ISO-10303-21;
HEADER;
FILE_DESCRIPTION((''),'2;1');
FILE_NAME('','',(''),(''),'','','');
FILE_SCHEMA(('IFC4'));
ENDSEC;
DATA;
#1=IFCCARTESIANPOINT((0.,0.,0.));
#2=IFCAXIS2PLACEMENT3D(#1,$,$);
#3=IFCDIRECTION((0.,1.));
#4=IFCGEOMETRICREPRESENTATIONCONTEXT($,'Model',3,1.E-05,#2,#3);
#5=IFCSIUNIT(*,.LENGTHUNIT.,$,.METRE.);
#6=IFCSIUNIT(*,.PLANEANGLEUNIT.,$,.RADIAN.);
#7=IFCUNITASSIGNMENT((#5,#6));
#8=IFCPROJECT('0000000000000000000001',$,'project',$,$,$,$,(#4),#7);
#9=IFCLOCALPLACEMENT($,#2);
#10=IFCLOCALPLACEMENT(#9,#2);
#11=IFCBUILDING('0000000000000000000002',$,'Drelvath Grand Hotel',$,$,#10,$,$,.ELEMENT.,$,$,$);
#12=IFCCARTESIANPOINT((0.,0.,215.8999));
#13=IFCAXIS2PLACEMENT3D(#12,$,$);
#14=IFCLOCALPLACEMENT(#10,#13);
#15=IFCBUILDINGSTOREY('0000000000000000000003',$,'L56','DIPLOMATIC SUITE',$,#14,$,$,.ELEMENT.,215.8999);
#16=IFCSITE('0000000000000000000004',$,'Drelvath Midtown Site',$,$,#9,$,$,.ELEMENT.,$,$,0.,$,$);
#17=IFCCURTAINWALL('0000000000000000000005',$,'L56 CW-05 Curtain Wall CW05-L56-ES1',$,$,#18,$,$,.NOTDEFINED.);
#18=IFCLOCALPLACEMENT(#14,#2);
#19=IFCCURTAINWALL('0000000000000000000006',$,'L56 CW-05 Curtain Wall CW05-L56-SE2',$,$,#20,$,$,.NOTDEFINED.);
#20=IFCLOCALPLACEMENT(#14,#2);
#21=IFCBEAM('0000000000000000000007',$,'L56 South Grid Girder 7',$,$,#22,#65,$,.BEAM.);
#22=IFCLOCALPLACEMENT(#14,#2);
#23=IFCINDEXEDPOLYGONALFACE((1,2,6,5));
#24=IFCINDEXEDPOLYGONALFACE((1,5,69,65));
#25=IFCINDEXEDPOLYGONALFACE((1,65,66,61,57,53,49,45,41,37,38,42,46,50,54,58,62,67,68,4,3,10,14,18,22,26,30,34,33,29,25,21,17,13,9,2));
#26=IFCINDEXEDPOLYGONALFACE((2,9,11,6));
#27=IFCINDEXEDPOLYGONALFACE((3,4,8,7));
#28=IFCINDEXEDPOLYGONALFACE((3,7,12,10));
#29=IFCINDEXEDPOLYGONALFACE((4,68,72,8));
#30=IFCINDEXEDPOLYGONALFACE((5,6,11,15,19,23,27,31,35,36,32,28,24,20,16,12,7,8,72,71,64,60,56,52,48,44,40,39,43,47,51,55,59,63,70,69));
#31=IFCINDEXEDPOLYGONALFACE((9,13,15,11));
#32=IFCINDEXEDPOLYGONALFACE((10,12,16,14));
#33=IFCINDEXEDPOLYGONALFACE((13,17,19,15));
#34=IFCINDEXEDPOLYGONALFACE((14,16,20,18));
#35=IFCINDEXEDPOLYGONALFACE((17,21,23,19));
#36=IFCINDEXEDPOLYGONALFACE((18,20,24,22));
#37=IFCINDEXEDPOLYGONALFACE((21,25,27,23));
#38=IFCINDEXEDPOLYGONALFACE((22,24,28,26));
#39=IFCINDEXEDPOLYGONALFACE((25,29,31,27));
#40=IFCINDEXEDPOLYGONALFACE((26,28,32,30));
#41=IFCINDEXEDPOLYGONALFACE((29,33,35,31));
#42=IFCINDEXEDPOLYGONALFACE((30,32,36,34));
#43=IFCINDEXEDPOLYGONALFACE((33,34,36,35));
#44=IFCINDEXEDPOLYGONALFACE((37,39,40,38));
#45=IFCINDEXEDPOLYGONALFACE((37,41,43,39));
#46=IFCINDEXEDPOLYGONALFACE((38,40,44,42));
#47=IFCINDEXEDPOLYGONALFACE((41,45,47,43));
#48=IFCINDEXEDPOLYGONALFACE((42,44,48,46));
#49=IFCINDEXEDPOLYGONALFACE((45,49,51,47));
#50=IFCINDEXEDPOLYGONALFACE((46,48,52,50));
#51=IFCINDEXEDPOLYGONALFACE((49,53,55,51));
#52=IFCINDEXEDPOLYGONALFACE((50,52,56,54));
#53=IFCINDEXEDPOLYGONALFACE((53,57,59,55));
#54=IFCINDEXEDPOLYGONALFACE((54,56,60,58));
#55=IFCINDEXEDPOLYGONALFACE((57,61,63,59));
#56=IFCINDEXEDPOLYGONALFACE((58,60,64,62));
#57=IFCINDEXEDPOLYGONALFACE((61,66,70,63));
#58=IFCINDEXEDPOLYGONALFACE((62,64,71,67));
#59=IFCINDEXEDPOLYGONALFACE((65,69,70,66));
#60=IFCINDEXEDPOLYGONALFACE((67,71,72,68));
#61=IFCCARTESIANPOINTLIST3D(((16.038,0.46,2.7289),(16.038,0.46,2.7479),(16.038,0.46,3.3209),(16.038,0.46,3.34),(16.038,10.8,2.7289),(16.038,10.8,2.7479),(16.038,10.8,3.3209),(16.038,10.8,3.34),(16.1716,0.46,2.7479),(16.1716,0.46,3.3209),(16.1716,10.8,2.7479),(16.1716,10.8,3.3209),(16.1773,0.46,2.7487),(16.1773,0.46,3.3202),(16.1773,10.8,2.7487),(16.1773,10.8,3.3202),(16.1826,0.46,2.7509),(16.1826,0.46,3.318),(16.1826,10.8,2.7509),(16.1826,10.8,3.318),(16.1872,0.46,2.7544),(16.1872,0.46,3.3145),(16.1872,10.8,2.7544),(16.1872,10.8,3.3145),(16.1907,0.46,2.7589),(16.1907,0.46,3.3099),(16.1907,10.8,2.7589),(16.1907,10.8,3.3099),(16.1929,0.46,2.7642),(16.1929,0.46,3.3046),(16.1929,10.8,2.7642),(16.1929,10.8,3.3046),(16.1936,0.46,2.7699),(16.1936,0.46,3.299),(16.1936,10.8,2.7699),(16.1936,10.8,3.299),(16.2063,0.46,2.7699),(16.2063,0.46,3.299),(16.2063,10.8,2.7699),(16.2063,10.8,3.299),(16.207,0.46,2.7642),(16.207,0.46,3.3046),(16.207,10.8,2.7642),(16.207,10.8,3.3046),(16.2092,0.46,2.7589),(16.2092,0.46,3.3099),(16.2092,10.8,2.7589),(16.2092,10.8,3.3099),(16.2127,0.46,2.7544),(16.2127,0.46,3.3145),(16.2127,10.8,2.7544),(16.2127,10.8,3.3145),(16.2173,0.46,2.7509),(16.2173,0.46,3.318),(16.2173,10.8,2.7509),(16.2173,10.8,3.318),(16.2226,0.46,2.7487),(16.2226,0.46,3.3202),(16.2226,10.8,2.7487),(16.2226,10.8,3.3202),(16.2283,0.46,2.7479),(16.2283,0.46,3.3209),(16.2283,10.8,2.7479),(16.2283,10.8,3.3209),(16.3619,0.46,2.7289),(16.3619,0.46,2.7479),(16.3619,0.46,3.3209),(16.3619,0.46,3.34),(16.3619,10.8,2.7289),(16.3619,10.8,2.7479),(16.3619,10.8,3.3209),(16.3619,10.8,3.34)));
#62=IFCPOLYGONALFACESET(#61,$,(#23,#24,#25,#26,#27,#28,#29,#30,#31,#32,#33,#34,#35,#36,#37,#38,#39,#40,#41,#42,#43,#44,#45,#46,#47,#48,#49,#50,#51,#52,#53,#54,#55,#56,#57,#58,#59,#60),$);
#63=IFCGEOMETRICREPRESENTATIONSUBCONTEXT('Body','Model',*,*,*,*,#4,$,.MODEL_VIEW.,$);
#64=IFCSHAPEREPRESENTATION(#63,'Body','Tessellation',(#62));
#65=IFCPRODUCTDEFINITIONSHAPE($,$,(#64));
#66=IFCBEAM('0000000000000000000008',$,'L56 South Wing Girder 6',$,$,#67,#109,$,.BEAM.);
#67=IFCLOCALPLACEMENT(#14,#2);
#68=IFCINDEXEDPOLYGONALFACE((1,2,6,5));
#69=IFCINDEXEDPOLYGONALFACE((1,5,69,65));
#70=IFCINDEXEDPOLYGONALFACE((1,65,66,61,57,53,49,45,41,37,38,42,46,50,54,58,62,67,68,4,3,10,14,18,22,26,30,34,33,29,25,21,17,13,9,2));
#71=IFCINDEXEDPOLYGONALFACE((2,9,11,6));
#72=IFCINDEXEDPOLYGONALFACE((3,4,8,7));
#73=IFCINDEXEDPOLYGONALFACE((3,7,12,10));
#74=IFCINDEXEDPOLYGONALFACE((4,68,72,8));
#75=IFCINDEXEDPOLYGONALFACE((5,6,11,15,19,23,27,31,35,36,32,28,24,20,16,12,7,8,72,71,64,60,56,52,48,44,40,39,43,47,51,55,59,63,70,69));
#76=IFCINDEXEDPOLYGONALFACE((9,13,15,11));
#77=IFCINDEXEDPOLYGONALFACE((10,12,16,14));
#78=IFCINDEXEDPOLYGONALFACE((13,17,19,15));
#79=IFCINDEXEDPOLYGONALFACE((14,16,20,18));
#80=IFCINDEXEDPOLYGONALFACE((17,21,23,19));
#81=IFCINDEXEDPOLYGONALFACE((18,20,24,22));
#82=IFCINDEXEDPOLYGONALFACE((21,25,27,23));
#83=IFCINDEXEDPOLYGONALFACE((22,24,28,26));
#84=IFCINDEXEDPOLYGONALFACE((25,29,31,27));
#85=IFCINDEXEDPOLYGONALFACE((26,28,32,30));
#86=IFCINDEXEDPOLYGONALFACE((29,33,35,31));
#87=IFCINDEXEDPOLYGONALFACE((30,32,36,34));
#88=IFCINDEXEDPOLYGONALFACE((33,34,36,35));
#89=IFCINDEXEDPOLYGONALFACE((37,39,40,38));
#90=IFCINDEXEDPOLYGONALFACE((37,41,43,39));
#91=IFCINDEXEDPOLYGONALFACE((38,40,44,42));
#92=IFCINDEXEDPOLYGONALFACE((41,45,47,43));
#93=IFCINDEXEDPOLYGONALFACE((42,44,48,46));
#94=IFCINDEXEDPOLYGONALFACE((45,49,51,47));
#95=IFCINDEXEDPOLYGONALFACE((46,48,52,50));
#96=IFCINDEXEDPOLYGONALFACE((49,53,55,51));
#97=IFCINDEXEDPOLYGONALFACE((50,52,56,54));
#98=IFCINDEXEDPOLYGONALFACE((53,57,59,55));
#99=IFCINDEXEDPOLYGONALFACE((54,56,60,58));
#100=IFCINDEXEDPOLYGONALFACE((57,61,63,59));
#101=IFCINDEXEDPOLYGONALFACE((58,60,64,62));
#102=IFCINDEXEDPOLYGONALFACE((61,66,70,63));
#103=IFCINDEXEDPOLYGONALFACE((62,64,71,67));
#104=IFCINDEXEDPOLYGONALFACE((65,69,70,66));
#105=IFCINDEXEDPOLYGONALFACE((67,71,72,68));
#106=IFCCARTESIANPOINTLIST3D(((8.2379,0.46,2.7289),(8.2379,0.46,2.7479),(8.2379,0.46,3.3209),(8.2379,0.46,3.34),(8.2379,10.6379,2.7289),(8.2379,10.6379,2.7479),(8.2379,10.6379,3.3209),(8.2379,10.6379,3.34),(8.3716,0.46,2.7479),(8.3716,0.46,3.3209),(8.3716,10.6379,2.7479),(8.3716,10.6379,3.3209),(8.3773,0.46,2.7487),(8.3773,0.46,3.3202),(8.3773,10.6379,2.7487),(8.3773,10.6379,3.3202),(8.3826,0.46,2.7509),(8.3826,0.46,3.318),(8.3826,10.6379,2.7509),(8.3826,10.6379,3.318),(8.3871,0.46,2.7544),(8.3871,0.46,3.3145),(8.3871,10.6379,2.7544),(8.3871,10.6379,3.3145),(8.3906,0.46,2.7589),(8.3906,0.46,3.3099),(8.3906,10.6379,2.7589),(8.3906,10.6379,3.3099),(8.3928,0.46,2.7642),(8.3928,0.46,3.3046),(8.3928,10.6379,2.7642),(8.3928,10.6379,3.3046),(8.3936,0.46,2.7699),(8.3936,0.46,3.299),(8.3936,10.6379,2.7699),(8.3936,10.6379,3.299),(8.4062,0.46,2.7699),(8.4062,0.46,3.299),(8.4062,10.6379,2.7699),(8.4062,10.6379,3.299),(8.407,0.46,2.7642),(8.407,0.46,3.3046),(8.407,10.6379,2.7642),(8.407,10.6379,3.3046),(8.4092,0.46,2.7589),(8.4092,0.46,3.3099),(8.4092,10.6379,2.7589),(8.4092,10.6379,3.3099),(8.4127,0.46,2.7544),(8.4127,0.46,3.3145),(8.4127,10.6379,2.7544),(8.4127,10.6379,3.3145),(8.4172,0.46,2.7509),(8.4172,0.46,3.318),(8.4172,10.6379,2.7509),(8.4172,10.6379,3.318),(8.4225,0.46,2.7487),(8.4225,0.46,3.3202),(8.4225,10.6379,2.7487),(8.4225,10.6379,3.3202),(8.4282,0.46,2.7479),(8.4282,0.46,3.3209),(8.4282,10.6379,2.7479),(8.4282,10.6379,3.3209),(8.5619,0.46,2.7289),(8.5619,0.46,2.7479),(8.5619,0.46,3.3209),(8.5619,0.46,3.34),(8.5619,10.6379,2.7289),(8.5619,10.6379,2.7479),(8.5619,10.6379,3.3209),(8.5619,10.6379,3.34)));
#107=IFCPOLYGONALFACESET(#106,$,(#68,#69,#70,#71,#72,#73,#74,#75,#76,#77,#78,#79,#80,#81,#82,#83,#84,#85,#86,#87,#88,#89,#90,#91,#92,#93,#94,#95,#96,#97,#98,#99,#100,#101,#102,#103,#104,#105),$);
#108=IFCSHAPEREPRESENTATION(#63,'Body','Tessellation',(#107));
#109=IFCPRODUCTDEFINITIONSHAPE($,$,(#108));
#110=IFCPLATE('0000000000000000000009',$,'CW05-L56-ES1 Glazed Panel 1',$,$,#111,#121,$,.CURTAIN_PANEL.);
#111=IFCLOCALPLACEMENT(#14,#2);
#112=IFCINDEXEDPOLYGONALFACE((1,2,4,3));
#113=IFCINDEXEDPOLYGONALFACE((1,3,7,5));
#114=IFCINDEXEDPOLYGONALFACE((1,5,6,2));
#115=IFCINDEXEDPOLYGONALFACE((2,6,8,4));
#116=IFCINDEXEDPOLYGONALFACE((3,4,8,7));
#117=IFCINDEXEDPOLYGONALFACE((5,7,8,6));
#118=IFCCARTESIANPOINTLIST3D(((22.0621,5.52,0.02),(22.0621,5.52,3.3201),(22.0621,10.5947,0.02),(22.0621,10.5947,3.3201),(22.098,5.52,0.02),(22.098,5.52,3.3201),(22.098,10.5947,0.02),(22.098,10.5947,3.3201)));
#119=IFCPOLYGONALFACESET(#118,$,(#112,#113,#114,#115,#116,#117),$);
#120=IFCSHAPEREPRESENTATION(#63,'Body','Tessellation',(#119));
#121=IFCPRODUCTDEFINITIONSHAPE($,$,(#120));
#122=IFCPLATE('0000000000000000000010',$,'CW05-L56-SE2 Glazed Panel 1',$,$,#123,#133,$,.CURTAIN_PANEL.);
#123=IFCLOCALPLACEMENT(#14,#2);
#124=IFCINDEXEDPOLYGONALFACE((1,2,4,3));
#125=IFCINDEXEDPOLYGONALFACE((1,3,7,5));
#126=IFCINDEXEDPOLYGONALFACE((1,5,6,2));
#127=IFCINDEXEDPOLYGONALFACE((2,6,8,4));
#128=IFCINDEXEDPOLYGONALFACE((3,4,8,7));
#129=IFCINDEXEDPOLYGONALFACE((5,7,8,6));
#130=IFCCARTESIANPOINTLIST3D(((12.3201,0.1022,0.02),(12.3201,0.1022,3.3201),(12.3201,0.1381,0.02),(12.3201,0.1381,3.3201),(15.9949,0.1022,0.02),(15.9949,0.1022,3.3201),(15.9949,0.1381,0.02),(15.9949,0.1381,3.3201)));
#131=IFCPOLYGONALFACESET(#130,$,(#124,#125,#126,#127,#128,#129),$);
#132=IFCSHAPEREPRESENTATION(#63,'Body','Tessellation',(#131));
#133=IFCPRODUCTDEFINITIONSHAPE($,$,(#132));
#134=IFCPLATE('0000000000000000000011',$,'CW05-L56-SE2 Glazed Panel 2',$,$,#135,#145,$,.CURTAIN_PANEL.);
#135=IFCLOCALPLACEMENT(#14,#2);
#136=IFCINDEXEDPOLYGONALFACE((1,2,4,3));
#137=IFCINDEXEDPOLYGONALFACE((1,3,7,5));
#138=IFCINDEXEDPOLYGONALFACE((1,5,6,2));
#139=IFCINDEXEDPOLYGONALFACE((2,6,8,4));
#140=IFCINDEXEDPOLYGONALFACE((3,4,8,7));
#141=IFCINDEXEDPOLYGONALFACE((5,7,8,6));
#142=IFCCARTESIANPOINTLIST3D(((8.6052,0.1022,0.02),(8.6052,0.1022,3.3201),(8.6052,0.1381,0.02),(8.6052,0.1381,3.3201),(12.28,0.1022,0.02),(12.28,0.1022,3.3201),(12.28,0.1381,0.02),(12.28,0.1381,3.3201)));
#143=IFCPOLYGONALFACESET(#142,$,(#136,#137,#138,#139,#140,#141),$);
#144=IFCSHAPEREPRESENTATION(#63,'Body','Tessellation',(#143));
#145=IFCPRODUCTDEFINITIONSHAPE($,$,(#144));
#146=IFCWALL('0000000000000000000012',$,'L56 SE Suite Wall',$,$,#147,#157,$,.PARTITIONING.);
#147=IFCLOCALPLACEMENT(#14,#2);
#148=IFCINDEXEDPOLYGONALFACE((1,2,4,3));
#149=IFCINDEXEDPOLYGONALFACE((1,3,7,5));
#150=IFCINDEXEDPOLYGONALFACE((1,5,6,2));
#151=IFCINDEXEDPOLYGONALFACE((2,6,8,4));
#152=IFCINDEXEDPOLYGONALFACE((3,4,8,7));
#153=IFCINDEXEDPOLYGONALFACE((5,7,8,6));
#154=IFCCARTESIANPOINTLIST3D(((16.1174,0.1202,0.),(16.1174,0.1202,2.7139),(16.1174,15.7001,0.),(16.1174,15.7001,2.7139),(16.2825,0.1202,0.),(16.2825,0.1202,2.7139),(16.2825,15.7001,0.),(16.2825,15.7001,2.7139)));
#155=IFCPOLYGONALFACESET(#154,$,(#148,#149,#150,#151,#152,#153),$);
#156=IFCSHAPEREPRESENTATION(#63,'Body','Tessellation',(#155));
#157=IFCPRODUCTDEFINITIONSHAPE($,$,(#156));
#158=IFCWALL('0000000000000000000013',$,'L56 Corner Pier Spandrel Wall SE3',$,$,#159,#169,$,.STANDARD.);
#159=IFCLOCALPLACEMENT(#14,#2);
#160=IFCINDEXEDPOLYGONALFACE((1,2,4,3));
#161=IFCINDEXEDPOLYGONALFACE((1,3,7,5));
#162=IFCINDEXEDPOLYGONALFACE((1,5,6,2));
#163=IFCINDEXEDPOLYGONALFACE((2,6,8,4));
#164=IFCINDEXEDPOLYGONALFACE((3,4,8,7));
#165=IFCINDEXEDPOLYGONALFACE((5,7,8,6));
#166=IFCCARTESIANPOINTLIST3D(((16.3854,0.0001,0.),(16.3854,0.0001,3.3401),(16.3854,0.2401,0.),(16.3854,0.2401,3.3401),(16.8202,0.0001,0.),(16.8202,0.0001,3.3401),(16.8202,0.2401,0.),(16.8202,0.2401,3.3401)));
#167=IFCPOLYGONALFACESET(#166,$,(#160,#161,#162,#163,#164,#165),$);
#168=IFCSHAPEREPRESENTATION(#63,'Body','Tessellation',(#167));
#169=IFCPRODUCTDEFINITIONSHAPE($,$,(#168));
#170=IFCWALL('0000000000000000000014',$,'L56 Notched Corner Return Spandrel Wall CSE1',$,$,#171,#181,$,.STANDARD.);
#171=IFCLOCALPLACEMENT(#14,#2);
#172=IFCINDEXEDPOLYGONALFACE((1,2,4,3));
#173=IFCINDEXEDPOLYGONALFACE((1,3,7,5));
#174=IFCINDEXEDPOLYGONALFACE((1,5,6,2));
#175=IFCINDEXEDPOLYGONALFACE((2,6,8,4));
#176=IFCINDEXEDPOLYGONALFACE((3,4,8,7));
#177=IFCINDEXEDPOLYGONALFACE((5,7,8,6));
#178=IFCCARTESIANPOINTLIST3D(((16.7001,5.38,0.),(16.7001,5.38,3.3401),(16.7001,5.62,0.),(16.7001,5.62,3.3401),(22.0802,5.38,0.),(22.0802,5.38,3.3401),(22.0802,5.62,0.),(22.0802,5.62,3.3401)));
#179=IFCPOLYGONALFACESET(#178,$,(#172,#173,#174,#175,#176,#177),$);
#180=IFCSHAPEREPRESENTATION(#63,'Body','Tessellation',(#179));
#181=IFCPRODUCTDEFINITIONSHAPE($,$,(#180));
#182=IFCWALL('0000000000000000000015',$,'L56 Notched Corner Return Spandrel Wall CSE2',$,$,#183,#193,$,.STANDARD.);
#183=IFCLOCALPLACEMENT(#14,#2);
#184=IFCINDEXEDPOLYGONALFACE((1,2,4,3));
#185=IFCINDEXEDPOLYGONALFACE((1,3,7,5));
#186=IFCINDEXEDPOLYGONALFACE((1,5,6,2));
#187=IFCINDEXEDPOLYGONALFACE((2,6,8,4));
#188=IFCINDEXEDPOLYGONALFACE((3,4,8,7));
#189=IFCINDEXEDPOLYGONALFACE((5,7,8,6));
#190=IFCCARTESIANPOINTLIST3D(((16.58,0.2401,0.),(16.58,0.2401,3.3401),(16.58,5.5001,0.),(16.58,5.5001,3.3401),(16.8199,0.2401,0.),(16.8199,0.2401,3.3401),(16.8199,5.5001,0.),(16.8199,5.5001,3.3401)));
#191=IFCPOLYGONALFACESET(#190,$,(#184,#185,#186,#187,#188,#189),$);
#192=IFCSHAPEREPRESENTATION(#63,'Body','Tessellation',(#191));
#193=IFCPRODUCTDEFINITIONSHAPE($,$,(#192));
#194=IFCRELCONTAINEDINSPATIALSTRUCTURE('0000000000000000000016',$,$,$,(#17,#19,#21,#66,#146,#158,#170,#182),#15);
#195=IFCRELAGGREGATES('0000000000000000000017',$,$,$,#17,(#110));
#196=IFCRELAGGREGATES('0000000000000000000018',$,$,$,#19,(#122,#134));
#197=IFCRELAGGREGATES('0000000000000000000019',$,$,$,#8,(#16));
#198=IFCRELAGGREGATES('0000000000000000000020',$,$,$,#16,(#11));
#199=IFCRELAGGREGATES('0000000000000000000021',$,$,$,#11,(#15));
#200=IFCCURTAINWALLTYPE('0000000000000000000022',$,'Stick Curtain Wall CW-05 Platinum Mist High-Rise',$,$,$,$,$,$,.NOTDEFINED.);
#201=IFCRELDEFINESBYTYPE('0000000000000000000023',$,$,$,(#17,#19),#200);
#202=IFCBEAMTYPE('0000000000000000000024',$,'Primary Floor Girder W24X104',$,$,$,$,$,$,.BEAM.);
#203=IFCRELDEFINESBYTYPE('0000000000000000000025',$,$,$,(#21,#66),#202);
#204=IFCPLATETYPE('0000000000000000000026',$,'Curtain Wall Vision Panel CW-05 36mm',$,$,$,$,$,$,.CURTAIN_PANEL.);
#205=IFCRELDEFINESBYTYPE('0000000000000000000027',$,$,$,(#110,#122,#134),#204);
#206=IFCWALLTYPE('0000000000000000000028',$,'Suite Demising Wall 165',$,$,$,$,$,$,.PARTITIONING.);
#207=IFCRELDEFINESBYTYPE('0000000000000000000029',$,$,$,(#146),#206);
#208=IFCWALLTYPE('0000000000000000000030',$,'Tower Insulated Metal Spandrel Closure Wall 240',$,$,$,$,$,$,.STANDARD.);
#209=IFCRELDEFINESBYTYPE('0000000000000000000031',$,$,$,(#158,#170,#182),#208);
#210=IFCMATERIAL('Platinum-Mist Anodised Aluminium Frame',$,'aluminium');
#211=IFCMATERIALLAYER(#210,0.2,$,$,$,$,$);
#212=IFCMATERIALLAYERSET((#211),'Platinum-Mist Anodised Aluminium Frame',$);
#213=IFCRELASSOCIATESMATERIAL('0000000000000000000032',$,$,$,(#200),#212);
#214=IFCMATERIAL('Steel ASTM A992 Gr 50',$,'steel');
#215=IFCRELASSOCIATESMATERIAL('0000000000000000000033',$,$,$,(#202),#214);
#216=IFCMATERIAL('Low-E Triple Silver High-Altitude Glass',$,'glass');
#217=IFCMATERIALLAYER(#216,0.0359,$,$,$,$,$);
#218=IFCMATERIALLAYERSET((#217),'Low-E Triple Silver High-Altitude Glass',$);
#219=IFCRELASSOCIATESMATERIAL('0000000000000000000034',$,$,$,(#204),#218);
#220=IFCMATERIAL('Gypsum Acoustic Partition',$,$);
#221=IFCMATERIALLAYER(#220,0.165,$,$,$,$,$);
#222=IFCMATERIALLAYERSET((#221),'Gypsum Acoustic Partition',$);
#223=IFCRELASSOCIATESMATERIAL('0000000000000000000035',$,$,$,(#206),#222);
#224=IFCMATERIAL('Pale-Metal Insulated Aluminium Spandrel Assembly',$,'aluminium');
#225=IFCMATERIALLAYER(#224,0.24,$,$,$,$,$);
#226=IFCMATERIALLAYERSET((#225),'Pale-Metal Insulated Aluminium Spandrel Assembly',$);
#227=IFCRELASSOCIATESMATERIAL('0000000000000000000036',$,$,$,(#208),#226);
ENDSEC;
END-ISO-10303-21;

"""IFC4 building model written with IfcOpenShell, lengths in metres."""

from ifc_helpers import new_model, si_unit, direction, frame, frame_2d, origin, origin_2d, place, context, subcontext, project, spatial, rectangle, i_section, extrude, material, layer, layer_set, material_profile, profile_set, type_object, element, aggregate, save


model = new_model("IFC4")

# Units and contexts
model_context = context("Model", 3, precision=1e-05, world=origin(), true_north=direction((0.0, 1.0)))
body_context = subcontext(model_context, "Body", "Model", "MODEL_VIEW")
ifc_project = project(units=[si_unit("LENGTHUNIT", "METRE"), si_unit("PLANEANGLEUNIT", "RADIAN")], contexts=[model_context])

# Site, building, storey
site_placement = place(None, origin())
site = spatial("IfcSite", under=ifc_project, at=site_placement, Name="Drelvath Midtown Site", CompositionType="ELEMENT", RefElevation=0.0)
building_placement = place(site_placement, origin())
building = spatial("IfcBuilding", under=site, at=building_placement, Name="Drelvath Grand Hotel", CompositionType="ELEMENT")
storey_placement = place(building_placement, frame((0.0, 0.0, 215.8999)))
storey = spatial("IfcBuildingStorey", under=building, at=storey_placement, Name="L56", Description="DIPLOMATIC SUITE", CompositionType="ELEMENT", Elevation=215.8999)

# Shared definitions
ifc_material_1 = material(Name="Steel ASTM A992 Gr 50", Category="steel")

# Curtain walls
ifc_material_2 = material(Name="Platinum-Mist Anodised Aluminium Frame", Category="aluminium")
ifc_layer_1 = layer(ifc_material_2, 0.2)
ifc_layer_set_1 = layer_set([ifc_layer_1], Name="Platinum-Mist Anodised Aluminium Frame")
curtain_wall_type = type_object("IfcCurtainWallType", Name="Stick Curtain Wall CW-05 Platinum Mist High-Rise", PredefinedType="NOTDEFINED", material=ifc_layer_set_1)
curtain_wall_1_placement = place(storey_placement, origin())
curtain_wall_1 = element("IfcCurtainWall", 1, at=curtain_wall_1_placement, inside=storey, type_object=curtain_wall_type, Name="L56 CW-05 Curtain Wall CW05-L56-ES1", PredefinedType="NOTDEFINED")
curtain_wall_2_placement = place(storey_placement, origin())
curtain_wall_2 = element("IfcCurtainWall", 2, at=curtain_wall_2_placement, inside=storey, type_object=curtain_wall_type, Name="L56 CW-05 Curtain Wall CW05-L56-SE2", PredefinedType="NOTDEFINED")

# Beams
ifc_material_profile_1 = material_profile(ifc_material_1, i_section(OverallWidth=0.324, OverallDepth=0.6111, WebThickness=0.0127, FlangeThickness=0.019, FilletRadius=0.022, at=origin_2d()), Name="W24X104")
ifc_profile_set_1 = profile_set([ifc_material_profile_1], Name="Steel ASTM A992 Gr 50")
beam_type_1 = type_object("IfcBeamType", Name="Primary Floor Girder W24X104", PredefinedType="BEAM", material=ifc_profile_set_1)
beam_1_placement = place(storey_placement, frame((16.2, 0.46, 3.0344), z_axis=(0.0, 1.0, 0.0), x_axis=(-1.0, 0.0, 0.0)))
element("IfcBeam", 3, at=beam_1_placement, inside=storey, type_object=beam_type_1, Name="L56 South Grid Girder 7", PredefinedType="BEAM", context=body_context, shape_type="SweptSolid", body=[
    extrude(i_section(OverallWidth=0.324, OverallDepth=0.6111, WebThickness=0.0127, FlangeThickness=0.019, FilletRadius=0.022, at=origin_2d()), origin(), (0.0, 0.0, 1.0), 10.3401),
])
beam_2_placement = place(storey_placement, frame((8.3999, 0.46, 3.0344), z_axis=(0.0, 1.0, 0.0), x_axis=(-1.0, 0.0, 0.0)))
element("IfcBeam", 4, at=beam_2_placement, inside=storey, type_object=beam_type_1, Name="L56 South Wing Girder 6", PredefinedType="BEAM", context=body_context, shape_type="SweptSolid", body=[
    extrude(i_section(OverallWidth=0.324, OverallDepth=0.6111, WebThickness=0.0127, FlangeThickness=0.019, FilletRadius=0.022, at=origin_2d()), origin(), (0.0, 0.0, 1.0), 10.178),
])

# Plates
ifc_material_3 = material(Name="Low-E Triple Silver High-Altitude Glass", Category="glass")
ifc_layer_2 = layer(ifc_material_3, 0.0359)
ifc_layer_set_2 = layer_set([ifc_layer_2], Name="Low-E Triple Silver High-Altitude Glass")
plate_type = type_object("IfcPlateType", Name="Curtain Wall Vision Panel CW-05 36mm", PredefinedType="CURTAIN_PANEL", material=ifc_layer_set_2)
plate_1_placement = place(storey_placement, frame((22.0801, 8.0574, 0.02), z_axis=(0.0, 0.0, 1.0), x_axis=(0.0, -1.0, 0.0)))
plate_1 = element("IfcPlate", 5, at=plate_1_placement, type_object=plate_type, Name="CW05-L56-ES1 Glazed Panel 1", PredefinedType="CURTAIN_PANEL", context=body_context, shape_type="SweptSolid", body=[
    extrude(rectangle(XDim=5.0747, YDim=0.0359, at=origin_2d()), origin(), (0.0, 0.0, 1.0), 3.3),
])
aggregate(curtain_wall_1, [plate_1])
plate_2_placement = place(storey_placement, frame((14.1575, 0.1201, 0.02), z_axis=(0.0, 0.0, 1.0), x_axis=(-1.0, 0.0, 0.0)))
plate_2 = element("IfcPlate", 6, at=plate_2_placement, type_object=plate_type, Name="CW05-L56-SE2 Glazed Panel 1", PredefinedType="CURTAIN_PANEL", context=body_context, shape_type="SweptSolid", body=[
    extrude(rectangle(XDim=3.6748, YDim=0.0359, at=origin_2d()), origin(), (0.0, 0.0, 1.0), 3.3),
])
plate_3_placement = place(storey_placement, frame((10.4426, 0.1201, 0.02), z_axis=(0.0, 0.0, 1.0), x_axis=(-1.0, 0.0, 0.0)))
plate_3 = element("IfcPlate", 7, at=plate_3_placement, type_object=plate_type, Name="CW05-L56-SE2 Glazed Panel 2", PredefinedType="CURTAIN_PANEL", context=body_context, shape_type="SweptSolid", body=[
    extrude(rectangle(XDim=3.6748, YDim=0.0359, at=origin_2d()), origin(), (0.0, 0.0, 1.0), 3.3),
])
aggregate(curtain_wall_2, [plate_2, plate_3])

# Walls
ifc_material_4 = material(Name="Gypsum Acoustic Partition")
ifc_layer_3 = layer(ifc_material_4, 0.165)
ifc_layer_set_3 = layer_set([ifc_layer_3], Name="Gypsum Acoustic Partition")
wall_type_1 = type_object("IfcWallType", Name="Suite Demising Wall 165", PredefinedType="PARTITIONING", material=ifc_layer_set_3)
wall_1_placement = place(storey_placement, frame((16.2, 0.1201, 0.0), z_axis=(0.0, 0.0, 1.0), x_axis=(0.0, 1.0, 0.0)))
element("IfcWall", 8, at=wall_1_placement, inside=storey, type_object=wall_type_1, Name="L56 SE Suite Wall", PredefinedType="PARTITIONING", context=body_context, shape_type="SweptSolid", body=[
    extrude(rectangle(XDim=15.5798, YDim=0.165, at=frame_2d((7.79, 0.0))), origin(), (0.0, 0.0, 1.0), 2.7139),
])
ifc_material_5 = material(Name="Pale-Metal Insulated Aluminium Spandrel Assembly", Category="aluminium")
ifc_layer_4 = layer(ifc_material_5, 0.24)
ifc_layer_set_4 = layer_set([ifc_layer_4], Name="Pale-Metal Insulated Aluminium Spandrel Assembly")
wall_type_2 = type_object("IfcWallType", Name="Tower Insulated Metal Spandrel Closure Wall 240", PredefinedType="STANDARD", material=ifc_layer_set_4)
wall_2_placement = place(storey_placement, frame((16.8201, 0.1201, 0.0), z_axis=(0.0, 0.0, 1.0), x_axis=(-1.0, 0.0, 0.0)))
element("IfcWall", 9, at=wall_2_placement, inside=storey, type_object=wall_type_2, Name="L56 Corner Pier Spandrel Wall SE3", PredefinedType="STANDARD", context=body_context, shape_type="SweptSolid", body=[
    extrude(rectangle(XDim=0.4348, YDim=0.24, at=frame_2d((0.2173, 0.0))), origin(), (0.0, 0.0, 1.0), 3.3401),
])
wall_3_placement = place(storey_placement, frame((22.0801, 5.5, 0.0), z_axis=(0.0, 0.0, 1.0), x_axis=(-1.0, 0.0, 0.0)))
element("IfcWall", 10, at=wall_3_placement, inside=storey, type_object=wall_type_2, Name="L56 Notched Corner Return Spandrel Wall CSE1", PredefinedType="STANDARD", context=body_context, shape_type="SweptSolid", body=[
    extrude(rectangle(XDim=5.3801, YDim=0.24, at=frame_2d((2.6899, 0.0))), origin(), (0.0, 0.0, 1.0), 3.3401),
])
wall_4_placement = place(storey_placement, frame((16.7, 5.5, 0.0), z_axis=(0.0, 0.0, 1.0), x_axis=(0.0, -1.0, 0.0)))
element("IfcWall", 11, at=wall_4_placement, inside=storey, type_object=wall_type_2, Name="L56 Notched Corner Return Spandrel Wall CSE2", PredefinedType="STANDARD", context=body_context, shape_type="SweptSolid", body=[
    extrude(rectangle(XDim=5.26, YDim=0.24, at=frame_2d((2.6299, 0.0))), origin(), (0.0, 0.0, 1.0), 3.3401),
])

save(model, "model.ifc")
